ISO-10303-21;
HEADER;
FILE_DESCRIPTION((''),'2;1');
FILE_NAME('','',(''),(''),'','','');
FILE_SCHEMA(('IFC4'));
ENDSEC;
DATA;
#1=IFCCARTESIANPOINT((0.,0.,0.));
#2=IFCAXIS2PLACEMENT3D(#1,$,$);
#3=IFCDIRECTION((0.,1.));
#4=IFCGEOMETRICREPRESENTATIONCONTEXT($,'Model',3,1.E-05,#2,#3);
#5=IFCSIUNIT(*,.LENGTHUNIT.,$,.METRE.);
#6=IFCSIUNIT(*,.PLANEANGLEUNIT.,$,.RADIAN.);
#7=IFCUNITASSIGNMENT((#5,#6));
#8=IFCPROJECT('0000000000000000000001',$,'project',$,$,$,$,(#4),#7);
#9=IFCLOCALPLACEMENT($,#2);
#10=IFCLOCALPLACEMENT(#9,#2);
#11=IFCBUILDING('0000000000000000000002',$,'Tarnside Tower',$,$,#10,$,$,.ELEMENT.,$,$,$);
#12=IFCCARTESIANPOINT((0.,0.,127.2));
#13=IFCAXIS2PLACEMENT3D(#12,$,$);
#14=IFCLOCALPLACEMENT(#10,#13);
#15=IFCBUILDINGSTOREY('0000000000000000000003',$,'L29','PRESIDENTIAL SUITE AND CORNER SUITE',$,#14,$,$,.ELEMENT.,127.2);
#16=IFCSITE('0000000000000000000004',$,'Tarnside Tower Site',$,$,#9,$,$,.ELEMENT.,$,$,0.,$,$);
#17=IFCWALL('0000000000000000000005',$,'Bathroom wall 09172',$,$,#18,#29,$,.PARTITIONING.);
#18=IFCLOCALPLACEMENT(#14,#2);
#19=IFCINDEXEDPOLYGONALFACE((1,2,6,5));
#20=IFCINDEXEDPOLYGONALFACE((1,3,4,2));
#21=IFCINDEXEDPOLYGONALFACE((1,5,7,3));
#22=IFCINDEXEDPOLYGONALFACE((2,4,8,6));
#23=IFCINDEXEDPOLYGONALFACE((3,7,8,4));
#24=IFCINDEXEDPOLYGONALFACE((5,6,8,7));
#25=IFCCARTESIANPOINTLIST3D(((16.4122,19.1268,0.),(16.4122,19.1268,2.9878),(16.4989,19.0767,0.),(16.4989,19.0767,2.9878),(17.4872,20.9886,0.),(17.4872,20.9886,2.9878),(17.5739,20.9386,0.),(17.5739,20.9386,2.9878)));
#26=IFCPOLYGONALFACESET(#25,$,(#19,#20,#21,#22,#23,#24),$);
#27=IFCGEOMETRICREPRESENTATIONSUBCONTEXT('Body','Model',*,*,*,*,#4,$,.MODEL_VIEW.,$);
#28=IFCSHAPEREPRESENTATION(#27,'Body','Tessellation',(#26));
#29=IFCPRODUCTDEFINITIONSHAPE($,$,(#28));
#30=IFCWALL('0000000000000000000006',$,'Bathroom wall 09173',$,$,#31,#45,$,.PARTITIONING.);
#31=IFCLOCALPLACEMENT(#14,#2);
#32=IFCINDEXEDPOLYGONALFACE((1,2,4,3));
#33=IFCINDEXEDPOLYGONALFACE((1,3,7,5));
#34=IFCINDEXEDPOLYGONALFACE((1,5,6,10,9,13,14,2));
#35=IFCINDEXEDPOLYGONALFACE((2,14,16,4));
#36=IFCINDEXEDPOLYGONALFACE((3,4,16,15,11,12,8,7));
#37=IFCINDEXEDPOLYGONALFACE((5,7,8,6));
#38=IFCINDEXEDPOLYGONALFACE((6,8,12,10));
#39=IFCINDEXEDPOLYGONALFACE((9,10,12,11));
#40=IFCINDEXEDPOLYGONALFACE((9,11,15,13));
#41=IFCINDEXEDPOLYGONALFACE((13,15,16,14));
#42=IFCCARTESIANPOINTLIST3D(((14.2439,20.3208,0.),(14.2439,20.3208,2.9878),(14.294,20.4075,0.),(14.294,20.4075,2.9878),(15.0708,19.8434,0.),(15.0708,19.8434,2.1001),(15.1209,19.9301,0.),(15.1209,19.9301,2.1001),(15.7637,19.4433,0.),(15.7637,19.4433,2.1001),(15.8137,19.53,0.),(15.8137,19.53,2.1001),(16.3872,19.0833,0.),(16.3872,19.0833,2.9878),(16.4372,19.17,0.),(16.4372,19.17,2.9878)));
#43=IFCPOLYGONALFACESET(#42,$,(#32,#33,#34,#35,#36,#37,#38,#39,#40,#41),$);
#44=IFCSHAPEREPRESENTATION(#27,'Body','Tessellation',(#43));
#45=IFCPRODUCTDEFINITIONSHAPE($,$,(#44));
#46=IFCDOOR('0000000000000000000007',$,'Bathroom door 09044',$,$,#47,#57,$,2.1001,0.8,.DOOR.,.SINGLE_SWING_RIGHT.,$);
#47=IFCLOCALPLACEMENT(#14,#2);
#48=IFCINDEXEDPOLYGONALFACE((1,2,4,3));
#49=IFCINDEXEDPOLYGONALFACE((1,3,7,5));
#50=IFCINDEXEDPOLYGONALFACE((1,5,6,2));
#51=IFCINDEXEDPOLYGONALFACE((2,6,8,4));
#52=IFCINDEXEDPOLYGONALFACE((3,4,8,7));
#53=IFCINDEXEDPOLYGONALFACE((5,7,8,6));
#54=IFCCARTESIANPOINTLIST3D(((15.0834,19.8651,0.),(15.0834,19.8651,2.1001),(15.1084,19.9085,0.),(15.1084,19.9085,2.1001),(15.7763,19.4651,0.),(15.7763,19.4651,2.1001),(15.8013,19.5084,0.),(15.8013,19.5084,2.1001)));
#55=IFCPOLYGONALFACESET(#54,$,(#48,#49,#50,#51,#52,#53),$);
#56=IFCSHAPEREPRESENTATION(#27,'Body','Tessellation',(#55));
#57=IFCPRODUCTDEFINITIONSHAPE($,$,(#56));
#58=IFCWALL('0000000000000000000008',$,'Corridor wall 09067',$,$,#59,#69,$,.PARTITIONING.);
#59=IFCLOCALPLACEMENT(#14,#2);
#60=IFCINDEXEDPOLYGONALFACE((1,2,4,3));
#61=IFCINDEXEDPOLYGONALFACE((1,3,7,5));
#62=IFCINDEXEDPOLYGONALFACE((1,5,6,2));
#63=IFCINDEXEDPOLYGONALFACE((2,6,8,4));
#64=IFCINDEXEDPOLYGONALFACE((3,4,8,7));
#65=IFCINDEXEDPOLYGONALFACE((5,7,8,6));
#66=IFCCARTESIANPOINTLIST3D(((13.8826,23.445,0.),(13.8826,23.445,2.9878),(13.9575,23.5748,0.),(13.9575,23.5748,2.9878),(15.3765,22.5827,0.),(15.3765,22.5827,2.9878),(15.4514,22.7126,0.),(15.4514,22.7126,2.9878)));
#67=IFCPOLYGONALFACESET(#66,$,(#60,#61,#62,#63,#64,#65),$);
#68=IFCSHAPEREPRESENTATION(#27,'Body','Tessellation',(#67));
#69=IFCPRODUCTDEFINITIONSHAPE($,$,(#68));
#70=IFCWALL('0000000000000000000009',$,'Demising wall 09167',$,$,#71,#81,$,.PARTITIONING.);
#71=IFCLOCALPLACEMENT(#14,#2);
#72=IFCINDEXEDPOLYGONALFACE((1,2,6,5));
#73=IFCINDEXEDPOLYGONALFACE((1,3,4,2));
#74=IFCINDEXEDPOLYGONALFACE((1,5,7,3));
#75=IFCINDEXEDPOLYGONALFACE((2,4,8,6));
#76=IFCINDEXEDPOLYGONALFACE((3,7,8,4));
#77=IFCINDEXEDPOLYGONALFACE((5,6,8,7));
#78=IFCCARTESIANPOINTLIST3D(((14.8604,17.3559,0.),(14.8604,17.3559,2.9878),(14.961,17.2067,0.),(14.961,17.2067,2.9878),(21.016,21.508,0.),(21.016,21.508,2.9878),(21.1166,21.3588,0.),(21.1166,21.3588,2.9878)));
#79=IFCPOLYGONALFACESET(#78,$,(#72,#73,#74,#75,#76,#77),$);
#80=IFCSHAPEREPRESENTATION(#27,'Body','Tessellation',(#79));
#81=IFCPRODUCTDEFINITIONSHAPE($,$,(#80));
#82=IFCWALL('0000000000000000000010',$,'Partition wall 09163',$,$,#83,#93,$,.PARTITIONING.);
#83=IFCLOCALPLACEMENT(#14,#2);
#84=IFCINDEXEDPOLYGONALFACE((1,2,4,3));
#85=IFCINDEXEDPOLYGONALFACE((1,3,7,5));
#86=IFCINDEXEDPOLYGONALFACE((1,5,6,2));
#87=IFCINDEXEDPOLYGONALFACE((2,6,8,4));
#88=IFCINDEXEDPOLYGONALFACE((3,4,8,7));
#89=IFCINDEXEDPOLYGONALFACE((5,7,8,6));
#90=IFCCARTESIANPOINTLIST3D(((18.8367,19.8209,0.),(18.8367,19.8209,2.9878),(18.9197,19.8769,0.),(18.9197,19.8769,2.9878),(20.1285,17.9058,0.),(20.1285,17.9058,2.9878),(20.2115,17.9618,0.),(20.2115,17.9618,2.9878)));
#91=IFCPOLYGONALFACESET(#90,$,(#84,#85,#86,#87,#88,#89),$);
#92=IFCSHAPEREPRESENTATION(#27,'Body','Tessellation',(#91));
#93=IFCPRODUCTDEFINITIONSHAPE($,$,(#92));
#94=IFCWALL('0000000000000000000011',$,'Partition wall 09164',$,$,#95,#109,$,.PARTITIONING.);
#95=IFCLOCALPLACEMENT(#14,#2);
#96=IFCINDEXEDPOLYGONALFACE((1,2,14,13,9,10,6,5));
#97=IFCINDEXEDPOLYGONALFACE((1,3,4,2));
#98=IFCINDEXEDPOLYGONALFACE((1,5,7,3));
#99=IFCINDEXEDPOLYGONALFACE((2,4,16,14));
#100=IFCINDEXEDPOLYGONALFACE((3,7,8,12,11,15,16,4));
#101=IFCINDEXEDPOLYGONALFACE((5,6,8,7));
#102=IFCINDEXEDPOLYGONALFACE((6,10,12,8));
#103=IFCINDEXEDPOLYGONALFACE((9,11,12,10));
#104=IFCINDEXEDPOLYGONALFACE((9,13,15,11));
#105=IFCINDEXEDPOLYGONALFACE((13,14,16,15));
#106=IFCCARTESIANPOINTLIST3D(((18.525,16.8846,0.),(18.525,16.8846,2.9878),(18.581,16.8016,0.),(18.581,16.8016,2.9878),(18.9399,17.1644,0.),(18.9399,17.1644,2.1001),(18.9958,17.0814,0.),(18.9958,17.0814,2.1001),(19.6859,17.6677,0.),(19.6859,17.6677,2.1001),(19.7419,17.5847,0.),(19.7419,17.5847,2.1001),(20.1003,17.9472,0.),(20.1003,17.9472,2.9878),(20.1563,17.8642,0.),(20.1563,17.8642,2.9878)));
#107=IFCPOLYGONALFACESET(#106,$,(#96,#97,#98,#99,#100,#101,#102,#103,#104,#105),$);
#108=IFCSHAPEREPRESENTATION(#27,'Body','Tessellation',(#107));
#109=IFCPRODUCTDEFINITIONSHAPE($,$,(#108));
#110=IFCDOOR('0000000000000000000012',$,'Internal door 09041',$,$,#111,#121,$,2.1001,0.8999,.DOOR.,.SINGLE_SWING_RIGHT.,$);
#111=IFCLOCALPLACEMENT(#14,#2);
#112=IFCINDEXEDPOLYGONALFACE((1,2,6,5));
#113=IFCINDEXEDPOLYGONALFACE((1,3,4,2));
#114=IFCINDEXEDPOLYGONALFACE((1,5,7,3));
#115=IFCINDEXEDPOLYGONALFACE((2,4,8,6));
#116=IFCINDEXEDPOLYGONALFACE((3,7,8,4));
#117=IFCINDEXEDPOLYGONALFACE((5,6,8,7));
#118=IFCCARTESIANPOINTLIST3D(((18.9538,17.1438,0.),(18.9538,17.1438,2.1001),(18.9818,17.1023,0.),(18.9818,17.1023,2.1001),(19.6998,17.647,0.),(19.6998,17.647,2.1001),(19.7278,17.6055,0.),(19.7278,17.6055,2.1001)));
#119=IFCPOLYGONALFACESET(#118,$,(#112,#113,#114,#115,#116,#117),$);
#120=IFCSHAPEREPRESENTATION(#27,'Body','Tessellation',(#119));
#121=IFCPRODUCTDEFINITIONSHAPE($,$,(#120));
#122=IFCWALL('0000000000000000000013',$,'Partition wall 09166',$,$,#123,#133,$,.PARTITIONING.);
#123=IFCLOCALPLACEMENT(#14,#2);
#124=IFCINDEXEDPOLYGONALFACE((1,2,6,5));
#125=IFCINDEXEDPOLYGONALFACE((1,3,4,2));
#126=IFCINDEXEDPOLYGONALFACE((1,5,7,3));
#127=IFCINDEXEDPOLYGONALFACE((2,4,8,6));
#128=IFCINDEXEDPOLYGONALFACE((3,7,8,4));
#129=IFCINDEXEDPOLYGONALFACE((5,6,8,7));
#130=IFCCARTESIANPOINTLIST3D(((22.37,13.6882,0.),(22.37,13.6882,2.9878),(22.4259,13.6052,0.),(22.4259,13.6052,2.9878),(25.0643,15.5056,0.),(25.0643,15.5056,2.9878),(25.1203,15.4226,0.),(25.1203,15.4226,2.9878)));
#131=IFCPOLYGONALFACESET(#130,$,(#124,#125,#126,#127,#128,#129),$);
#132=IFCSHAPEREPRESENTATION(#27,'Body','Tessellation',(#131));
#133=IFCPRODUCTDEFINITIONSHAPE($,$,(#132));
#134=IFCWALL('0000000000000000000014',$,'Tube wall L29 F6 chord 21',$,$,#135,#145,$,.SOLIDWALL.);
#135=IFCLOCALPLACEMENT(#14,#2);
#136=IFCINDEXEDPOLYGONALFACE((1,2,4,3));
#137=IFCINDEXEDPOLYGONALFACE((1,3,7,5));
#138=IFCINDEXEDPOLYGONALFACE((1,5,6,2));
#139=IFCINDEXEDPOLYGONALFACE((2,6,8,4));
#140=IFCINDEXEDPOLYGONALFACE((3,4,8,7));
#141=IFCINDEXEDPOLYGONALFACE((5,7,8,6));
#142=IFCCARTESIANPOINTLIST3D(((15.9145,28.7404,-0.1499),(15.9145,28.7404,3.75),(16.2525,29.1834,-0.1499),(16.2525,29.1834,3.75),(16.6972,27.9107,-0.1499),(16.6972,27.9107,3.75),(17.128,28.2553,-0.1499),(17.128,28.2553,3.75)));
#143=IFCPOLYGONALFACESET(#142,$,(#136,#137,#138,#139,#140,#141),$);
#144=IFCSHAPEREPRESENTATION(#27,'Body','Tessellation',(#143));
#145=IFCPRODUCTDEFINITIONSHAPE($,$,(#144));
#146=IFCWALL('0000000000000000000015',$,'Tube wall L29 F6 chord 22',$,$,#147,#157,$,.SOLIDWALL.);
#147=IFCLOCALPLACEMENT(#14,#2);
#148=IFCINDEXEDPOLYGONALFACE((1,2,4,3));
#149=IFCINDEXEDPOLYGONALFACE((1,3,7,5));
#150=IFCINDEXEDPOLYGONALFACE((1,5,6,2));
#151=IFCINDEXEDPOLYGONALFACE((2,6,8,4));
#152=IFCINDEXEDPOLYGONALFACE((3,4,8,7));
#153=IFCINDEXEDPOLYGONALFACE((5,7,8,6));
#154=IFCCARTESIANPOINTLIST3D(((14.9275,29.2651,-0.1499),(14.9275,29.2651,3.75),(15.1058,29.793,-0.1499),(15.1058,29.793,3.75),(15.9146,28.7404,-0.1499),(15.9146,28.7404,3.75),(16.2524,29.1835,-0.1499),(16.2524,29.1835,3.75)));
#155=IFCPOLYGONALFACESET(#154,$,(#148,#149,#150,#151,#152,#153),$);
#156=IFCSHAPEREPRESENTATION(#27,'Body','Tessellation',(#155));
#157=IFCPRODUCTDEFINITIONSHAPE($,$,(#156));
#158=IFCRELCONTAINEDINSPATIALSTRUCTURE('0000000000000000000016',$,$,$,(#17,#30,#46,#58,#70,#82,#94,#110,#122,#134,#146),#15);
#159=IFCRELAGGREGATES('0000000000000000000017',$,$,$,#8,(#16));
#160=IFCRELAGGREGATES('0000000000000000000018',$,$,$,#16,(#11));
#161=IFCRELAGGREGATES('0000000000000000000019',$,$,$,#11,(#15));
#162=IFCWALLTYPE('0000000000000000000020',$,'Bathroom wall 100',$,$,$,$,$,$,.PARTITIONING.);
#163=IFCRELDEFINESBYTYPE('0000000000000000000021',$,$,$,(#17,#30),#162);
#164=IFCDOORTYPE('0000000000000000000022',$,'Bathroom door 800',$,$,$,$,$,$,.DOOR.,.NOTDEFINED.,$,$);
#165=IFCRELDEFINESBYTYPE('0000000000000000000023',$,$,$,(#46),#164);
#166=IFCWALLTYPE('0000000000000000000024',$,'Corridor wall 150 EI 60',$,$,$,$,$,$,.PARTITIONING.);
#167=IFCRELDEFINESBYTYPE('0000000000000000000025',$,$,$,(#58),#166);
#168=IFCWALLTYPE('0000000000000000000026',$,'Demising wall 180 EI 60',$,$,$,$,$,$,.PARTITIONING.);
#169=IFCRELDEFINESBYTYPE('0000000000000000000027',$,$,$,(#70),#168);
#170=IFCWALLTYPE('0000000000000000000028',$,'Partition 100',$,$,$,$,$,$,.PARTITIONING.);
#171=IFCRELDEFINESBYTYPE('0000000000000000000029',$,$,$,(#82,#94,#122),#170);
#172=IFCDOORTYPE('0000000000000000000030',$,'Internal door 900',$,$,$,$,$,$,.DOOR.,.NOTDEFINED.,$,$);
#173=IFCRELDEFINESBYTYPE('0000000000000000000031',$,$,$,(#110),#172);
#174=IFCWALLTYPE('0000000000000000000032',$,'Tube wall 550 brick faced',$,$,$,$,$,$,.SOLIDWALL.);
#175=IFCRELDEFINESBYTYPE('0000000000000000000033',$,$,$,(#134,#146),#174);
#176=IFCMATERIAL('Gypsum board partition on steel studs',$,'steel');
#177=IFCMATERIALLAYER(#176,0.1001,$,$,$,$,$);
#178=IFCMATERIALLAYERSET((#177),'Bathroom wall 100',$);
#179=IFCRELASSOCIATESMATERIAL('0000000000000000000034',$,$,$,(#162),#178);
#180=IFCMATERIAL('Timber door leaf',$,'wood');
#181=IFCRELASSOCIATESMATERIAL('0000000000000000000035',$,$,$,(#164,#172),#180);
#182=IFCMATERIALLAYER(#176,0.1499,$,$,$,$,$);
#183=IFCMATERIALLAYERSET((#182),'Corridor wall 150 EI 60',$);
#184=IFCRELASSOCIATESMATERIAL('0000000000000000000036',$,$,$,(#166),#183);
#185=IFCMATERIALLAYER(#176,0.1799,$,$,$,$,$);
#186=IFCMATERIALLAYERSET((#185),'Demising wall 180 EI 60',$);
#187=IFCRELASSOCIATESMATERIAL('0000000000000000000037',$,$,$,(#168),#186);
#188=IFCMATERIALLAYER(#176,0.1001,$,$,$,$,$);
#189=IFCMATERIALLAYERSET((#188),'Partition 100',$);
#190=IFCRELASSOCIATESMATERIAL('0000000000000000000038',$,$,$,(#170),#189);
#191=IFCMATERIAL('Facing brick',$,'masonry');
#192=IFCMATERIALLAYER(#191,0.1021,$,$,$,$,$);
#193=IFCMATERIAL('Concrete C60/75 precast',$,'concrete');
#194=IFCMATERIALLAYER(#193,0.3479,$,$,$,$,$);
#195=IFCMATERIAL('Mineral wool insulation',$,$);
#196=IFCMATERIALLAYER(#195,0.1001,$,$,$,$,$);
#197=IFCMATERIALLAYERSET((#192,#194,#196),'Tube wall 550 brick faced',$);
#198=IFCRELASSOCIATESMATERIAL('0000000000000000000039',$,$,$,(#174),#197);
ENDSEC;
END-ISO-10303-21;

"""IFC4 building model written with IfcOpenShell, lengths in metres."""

from ifc_helpers import new_model, si_unit, direction, frame, frame_2d, origin, place, context, subcontext, project, spatial, polyline, rectangle, outline, extrude, material, layer, layer_set, type_object, element, fill, save


model = new_model("IFC4")

# Units and contexts
model_context = context("Model", 3, precision=1e-05, world=origin(), true_north=direction((0.0, 1.0)))
body_context = subcontext(model_context, "Body", "Model", "MODEL_VIEW")
ifc_project = project(units=[si_unit("LENGTHUNIT", "METRE"), si_unit("PLANEANGLEUNIT", "RADIAN")], contexts=[model_context])

# Site, building, storey
site_placement = place(None, origin())
site = spatial("IfcSite", under=ifc_project, at=site_placement, Name="Tarnside Tower Site", CompositionType="ELEMENT", RefElevation=0.0)
building_placement = place(site_placement, origin())
building = spatial("IfcBuilding", under=site, at=building_placement, Name="Tarnside Tower", CompositionType="ELEMENT")
storey_placement = place(building_placement, frame((0.0, 0.0, 127.2)))
storey = spatial("IfcBuildingStorey", under=building, at=storey_placement, Name="L29", Description="PRESIDENTIAL SUITE AND CORNER SUITE", CompositionType="ELEMENT", Elevation=127.2)

# Shared definitions
ifc_material_1 = material(Name="Gypsum board partition on steel studs", Category="steel")
ifc_layer_1 = layer(ifc_material_1, 0.1001)
ifc_layer_set_1 = layer_set([ifc_layer_1], Name="Bathroom wall 100")
wall_type_1 = type_object("IfcWallType", Name="Bathroom wall 100", PredefinedType="PARTITIONING", material=ifc_layer_set_1)
ifc_material_2 = material(Name="Timber door leaf", Category="wood")
door_type_1 = type_object("IfcDoorType", Name="Bathroom door 800", OperationType="NOTDEFINED", PredefinedType="DOOR", material=ifc_material_2)

# Wall
wall_1_placement = place(storey_placement, frame((17.5305, 20.9636, 0.0), z_axis=(0.0, 0.0, 1.0), x_axis=(-0.500011, -0.866019, 0.0)))
element("IfcWall", 1, at=wall_1_placement, inside=storey, type_object=wall_type_1, Name="Bathroom wall 09172", PredefinedType="PARTITIONING", context=body_context, shape_type="SweptSolid", body=[
    extrude(rectangle(XDim=2.1499, YDim=0.1001, at=frame_2d((1.075, 0.0))), origin(), (0.0, 0.0, 1.0), 2.9878),
])

# Wall, opening, door
wall_2_placement = place(storey_placement, frame((16.4121, 19.1267, 0.0), z_axis=(0.0, 0.0, 1.0), x_axis=(-0.866007, 0.500033, 0.0)))
wall_2 = element("IfcWall", 2, at=wall_2_placement, inside=storey, type_object=wall_type_1, Name="Bathroom wall 09173", PredefinedType="PARTITIONING", context=body_context, shape_type="SweptSolid", body=[
    extrude(rectangle(XDim=2.4749, YDim=0.1001, at=frame_2d((1.2373, 0.0))), origin(), (0.0, 0.0, 1.0), 2.9878),
])
opening_1_placement = place(wall_2_placement, frame((0.72, 0.0, 0.0)))
opening_1 = element("IfcOpeningElement", 3, at=opening_1_placement, cuts=wall_2, PredefinedType="OPENING", context=body_context, shape_type="SweptSolid", body=[
    extrude(rectangle(XDim=0.8, YDim=2.1001, at=frame_2d((0.3999, 1.05))), frame((0.0, 0.0601, 0.0), z_axis=(0.0, -1.0, 0.0), x_axis=(1.0, 0.0, 0.0)), (0.0, 0.0, 1.0), 0.1201),
])
door_1_placement = place(opening_1_placement, origin())
door_1 = element("IfcDoor", 4, at=door_1_placement, inside=storey, type_object=door_type_1, Name="Bathroom door 09044", OperationType="SINGLE_SWING_RIGHT", OverallHeight=2.1001, OverallWidth=0.8, PredefinedType="DOOR", context=body_context, shape_type="SweptSolid", body=[
    extrude(rectangle(XDim=0.8, YDim=2.1001, at=frame_2d((0.3999, 1.05))), frame((0.0, 0.0249, 0.0), z_axis=(0.0, -1.0, 0.0), x_axis=(1.0, 0.0, 0.0)), (0.0, 0.0, 1.0), 0.05),
])
fill(opening_1, door_1)

# Walls
ifc_layer_2 = layer(ifc_material_1, 0.1499)
ifc_layer_set_2 = layer_set([ifc_layer_2], Name="Corridor wall 150 EI 60")
wall_type_2 = type_object("IfcWallType", Name="Corridor wall 150 EI 60", PredefinedType="PARTITIONING", material=ifc_layer_set_2)
wall_3_placement = place(storey_placement, frame((15.4138, 22.6477, 0.0), z_axis=(0.0, 0.0, 1.0), x_axis=(-0.866075, 0.499914, 0.0)))
element("IfcWall", 5, at=wall_3_placement, inside=storey, type_object=wall_type_2, Name="Corridor wall 09067", PredefinedType="PARTITIONING", context=body_context, shape_type="SweptSolid", body=[
    extrude(rectangle(XDim=1.7249, YDim=0.1499, at=frame_2d((0.8623, 0.0))), origin(), (0.0, 0.0, 1.0), 2.9878),
])
ifc_layer_3 = layer(ifc_material_1, 0.1799)
ifc_layer_set_3 = layer_set([ifc_layer_3], Name="Demising wall 180 EI 60")
wall_type_3 = type_object("IfcWallType", Name="Demising wall 180 EI 60", PredefinedType="PARTITIONING", material=ifc_layer_set_3)
wall_4_placement = place(storey_placement, frame((21.0662, 21.4333, 0.0), z_axis=(0.0, 0.0, 1.0), x_axis=(-0.829028, -0.559207, 0.0)))
element("IfcWall", 6, at=wall_4_placement, inside=storey, type_object=wall_type_3, Name="Demising wall 09167", PredefinedType="PARTITIONING", context=body_context, shape_type="SweptSolid", body=[
    extrude(rectangle(XDim=7.425, YDim=0.1799, at=frame_2d((3.7124, 0.0))), origin(), (0.0, 0.0, 1.0), 2.9878),
])
ifc_layer_4 = layer(ifc_material_1, 0.1001)
ifc_layer_set_4 = layer_set([ifc_layer_4], Name="Partition 100")
wall_type_4 = type_object("IfcWallType", Name="Partition 100", PredefinedType="PARTITIONING", material=ifc_layer_set_4)
wall_5_placement = place(storey_placement, frame((18.8782, 19.8489, 0.0), z_axis=(0.0, 0.0, 1.0), x_axis=(0.559204, -0.82903, 0.0)))
element("IfcWall", 7, at=wall_5_placement, inside=storey, type_object=wall_type_4, Name="Partition wall 09163", PredefinedType="PARTITIONING", context=body_context, shape_type="SweptSolid", body=[
    extrude(rectangle(XDim=2.3101, YDim=0.1001, at=frame_2d((1.155, 0.0))), origin(), (0.0, 0.0, 1.0), 2.9878),
])

# Wall, opening, door
wall_6_placement = place(storey_placement, frame((20.1284, 17.9058, 0.0), z_axis=(0.0, 0.0, 1.0), x_axis=(-0.829033, -0.559199, 0.0)))
wall_6 = element("IfcWall", 8, at=wall_6_placement, inside=storey, type_object=wall_type_4, Name="Partition wall 09164", PredefinedType="PARTITIONING", context=body_context, shape_type="SweptSolid", body=[
    extrude(rectangle(XDim=1.9001, YDim=0.1001, at=frame_2d((0.9502, 0.0))), origin(), (0.0, 0.0, 1.0), 2.9878),
])
opening_2_placement = place(wall_6_placement, frame((0.5, 0.0, 0.0)))
opening_2 = element("IfcOpeningElement", 9, at=opening_2_placement, cuts=wall_6, PredefinedType="OPENING", context=body_context, shape_type="SweptSolid", body=[
    extrude(rectangle(XDim=0.8999, YDim=2.1001, at=frame_2d((0.45, 1.05))), frame((0.0, 0.0601, 0.0), z_axis=(0.0, -1.0, 0.0), x_axis=(1.0, 0.0, 0.0)), (0.0, 0.0, 1.0), 0.1201),
])
door_type_2 = type_object("IfcDoorType", Name="Internal door 900", OperationType="NOTDEFINED", PredefinedType="DOOR", material=ifc_material_2)
door_2_placement = place(opening_2_placement, origin())
door_2 = element("IfcDoor", 10, at=door_2_placement, inside=storey, type_object=door_type_2, Name="Internal door 09041", OperationType="SINGLE_SWING_RIGHT", OverallHeight=2.1001, OverallWidth=0.8999, PredefinedType="DOOR", context=body_context, shape_type="SweptSolid", body=[
    extrude(rectangle(XDim=0.8999, YDim=2.1001, at=frame_2d((0.45, 1.05))), frame((0.0, 0.0249, 0.0), z_axis=(0.0, -1.0, 0.0), x_axis=(1.0, 0.0, 0.0)), (0.0, 0.0, 1.0), 0.05),
])
fill(opening_2, door_2)

# Walls
wall_7_placement = place(storey_placement, frame((22.3979, 13.6467, 0.0), z_axis=(0.0, 0.0, 1.0), x_axis=(0.829033, 0.559199, 0.0)))
element("IfcWall", 11, at=wall_7_placement, inside=storey, type_object=wall_type_4, Name="Partition wall 09166", PredefinedType="PARTITIONING", context=body_context, shape_type="SweptSolid", body=[
    extrude(rectangle(XDim=3.25, YDim=0.1001, at=frame_2d((1.625, 0.0))), origin(), (0.0, 0.0, 1.0), 2.9878),
])
ifc_material_3 = material(Name="Facing brick", Category="masonry")
ifc_layer_5 = layer(ifc_material_3, 0.1021)
ifc_material_4 = material(Name="Concrete C60/75 precast", Category="concrete")
ifc_layer_6 = layer(ifc_material_4, 0.3479)
ifc_material_5 = material(Name="Mineral wool insulation")
ifc_layer_7 = layer(ifc_material_5, 0.1001)
ifc_layer_set_5 = layer_set([ifc_layer_5, ifc_layer_6, ifc_layer_7], Name="Tube wall 550 brick faced")
wall_type_5 = type_object("IfcWallType", Name="Tube wall 550 brick faced", PredefinedType="SOLIDWALL", material=ifc_layer_set_5)
wall_8_placement = place(storey_placement, frame((16.9126, 28.083, -0.1499), z_axis=(0.0, 0.0, 1.0), x_axis=(-0.686196, 0.727416, 0.0)))
element("IfcWall", 12, at=wall_8_placement, inside=storey, type_object=wall_type_5, Name="Tube wall L29 F6 chord 21", PredefinedType="SOLIDWALL", context=body_context, shape_type="SweptSolid", body=[
    extrude(outline(polyline([(-0.0225, -0.2749), (1.2534, -0.2749), (1.1631, 0.2749), (0.0225, 0.2749), (-0.0225, -0.2749)])), origin(), (0.0, 0.0, 1.0), 3.8999),
])
wall_9_placement = place(storey_placement, frame((16.0835, 28.9619, -0.1499), z_axis=(0.0, 0.0, 1.0), x_axis=(-0.882995, 0.469382, 0.0)))
element("IfcWall", 13, at=wall_9_placement, inside=storey, type_object=wall_type_5, Name="Tube wall L29 F6 chord 22", PredefinedType="SOLIDWALL", context=body_context, shape_type="SweptSolid", body=[
    extrude(outline(polyline([(-0.0452, -0.2749), (1.2534, -0.2749), (1.1631, 0.2749), (0.0452, 0.2749), (-0.0452, -0.2749)])), origin(), (0.0, 0.0, 1.0), 3.8999),
])

save(model, "model.ifc")
